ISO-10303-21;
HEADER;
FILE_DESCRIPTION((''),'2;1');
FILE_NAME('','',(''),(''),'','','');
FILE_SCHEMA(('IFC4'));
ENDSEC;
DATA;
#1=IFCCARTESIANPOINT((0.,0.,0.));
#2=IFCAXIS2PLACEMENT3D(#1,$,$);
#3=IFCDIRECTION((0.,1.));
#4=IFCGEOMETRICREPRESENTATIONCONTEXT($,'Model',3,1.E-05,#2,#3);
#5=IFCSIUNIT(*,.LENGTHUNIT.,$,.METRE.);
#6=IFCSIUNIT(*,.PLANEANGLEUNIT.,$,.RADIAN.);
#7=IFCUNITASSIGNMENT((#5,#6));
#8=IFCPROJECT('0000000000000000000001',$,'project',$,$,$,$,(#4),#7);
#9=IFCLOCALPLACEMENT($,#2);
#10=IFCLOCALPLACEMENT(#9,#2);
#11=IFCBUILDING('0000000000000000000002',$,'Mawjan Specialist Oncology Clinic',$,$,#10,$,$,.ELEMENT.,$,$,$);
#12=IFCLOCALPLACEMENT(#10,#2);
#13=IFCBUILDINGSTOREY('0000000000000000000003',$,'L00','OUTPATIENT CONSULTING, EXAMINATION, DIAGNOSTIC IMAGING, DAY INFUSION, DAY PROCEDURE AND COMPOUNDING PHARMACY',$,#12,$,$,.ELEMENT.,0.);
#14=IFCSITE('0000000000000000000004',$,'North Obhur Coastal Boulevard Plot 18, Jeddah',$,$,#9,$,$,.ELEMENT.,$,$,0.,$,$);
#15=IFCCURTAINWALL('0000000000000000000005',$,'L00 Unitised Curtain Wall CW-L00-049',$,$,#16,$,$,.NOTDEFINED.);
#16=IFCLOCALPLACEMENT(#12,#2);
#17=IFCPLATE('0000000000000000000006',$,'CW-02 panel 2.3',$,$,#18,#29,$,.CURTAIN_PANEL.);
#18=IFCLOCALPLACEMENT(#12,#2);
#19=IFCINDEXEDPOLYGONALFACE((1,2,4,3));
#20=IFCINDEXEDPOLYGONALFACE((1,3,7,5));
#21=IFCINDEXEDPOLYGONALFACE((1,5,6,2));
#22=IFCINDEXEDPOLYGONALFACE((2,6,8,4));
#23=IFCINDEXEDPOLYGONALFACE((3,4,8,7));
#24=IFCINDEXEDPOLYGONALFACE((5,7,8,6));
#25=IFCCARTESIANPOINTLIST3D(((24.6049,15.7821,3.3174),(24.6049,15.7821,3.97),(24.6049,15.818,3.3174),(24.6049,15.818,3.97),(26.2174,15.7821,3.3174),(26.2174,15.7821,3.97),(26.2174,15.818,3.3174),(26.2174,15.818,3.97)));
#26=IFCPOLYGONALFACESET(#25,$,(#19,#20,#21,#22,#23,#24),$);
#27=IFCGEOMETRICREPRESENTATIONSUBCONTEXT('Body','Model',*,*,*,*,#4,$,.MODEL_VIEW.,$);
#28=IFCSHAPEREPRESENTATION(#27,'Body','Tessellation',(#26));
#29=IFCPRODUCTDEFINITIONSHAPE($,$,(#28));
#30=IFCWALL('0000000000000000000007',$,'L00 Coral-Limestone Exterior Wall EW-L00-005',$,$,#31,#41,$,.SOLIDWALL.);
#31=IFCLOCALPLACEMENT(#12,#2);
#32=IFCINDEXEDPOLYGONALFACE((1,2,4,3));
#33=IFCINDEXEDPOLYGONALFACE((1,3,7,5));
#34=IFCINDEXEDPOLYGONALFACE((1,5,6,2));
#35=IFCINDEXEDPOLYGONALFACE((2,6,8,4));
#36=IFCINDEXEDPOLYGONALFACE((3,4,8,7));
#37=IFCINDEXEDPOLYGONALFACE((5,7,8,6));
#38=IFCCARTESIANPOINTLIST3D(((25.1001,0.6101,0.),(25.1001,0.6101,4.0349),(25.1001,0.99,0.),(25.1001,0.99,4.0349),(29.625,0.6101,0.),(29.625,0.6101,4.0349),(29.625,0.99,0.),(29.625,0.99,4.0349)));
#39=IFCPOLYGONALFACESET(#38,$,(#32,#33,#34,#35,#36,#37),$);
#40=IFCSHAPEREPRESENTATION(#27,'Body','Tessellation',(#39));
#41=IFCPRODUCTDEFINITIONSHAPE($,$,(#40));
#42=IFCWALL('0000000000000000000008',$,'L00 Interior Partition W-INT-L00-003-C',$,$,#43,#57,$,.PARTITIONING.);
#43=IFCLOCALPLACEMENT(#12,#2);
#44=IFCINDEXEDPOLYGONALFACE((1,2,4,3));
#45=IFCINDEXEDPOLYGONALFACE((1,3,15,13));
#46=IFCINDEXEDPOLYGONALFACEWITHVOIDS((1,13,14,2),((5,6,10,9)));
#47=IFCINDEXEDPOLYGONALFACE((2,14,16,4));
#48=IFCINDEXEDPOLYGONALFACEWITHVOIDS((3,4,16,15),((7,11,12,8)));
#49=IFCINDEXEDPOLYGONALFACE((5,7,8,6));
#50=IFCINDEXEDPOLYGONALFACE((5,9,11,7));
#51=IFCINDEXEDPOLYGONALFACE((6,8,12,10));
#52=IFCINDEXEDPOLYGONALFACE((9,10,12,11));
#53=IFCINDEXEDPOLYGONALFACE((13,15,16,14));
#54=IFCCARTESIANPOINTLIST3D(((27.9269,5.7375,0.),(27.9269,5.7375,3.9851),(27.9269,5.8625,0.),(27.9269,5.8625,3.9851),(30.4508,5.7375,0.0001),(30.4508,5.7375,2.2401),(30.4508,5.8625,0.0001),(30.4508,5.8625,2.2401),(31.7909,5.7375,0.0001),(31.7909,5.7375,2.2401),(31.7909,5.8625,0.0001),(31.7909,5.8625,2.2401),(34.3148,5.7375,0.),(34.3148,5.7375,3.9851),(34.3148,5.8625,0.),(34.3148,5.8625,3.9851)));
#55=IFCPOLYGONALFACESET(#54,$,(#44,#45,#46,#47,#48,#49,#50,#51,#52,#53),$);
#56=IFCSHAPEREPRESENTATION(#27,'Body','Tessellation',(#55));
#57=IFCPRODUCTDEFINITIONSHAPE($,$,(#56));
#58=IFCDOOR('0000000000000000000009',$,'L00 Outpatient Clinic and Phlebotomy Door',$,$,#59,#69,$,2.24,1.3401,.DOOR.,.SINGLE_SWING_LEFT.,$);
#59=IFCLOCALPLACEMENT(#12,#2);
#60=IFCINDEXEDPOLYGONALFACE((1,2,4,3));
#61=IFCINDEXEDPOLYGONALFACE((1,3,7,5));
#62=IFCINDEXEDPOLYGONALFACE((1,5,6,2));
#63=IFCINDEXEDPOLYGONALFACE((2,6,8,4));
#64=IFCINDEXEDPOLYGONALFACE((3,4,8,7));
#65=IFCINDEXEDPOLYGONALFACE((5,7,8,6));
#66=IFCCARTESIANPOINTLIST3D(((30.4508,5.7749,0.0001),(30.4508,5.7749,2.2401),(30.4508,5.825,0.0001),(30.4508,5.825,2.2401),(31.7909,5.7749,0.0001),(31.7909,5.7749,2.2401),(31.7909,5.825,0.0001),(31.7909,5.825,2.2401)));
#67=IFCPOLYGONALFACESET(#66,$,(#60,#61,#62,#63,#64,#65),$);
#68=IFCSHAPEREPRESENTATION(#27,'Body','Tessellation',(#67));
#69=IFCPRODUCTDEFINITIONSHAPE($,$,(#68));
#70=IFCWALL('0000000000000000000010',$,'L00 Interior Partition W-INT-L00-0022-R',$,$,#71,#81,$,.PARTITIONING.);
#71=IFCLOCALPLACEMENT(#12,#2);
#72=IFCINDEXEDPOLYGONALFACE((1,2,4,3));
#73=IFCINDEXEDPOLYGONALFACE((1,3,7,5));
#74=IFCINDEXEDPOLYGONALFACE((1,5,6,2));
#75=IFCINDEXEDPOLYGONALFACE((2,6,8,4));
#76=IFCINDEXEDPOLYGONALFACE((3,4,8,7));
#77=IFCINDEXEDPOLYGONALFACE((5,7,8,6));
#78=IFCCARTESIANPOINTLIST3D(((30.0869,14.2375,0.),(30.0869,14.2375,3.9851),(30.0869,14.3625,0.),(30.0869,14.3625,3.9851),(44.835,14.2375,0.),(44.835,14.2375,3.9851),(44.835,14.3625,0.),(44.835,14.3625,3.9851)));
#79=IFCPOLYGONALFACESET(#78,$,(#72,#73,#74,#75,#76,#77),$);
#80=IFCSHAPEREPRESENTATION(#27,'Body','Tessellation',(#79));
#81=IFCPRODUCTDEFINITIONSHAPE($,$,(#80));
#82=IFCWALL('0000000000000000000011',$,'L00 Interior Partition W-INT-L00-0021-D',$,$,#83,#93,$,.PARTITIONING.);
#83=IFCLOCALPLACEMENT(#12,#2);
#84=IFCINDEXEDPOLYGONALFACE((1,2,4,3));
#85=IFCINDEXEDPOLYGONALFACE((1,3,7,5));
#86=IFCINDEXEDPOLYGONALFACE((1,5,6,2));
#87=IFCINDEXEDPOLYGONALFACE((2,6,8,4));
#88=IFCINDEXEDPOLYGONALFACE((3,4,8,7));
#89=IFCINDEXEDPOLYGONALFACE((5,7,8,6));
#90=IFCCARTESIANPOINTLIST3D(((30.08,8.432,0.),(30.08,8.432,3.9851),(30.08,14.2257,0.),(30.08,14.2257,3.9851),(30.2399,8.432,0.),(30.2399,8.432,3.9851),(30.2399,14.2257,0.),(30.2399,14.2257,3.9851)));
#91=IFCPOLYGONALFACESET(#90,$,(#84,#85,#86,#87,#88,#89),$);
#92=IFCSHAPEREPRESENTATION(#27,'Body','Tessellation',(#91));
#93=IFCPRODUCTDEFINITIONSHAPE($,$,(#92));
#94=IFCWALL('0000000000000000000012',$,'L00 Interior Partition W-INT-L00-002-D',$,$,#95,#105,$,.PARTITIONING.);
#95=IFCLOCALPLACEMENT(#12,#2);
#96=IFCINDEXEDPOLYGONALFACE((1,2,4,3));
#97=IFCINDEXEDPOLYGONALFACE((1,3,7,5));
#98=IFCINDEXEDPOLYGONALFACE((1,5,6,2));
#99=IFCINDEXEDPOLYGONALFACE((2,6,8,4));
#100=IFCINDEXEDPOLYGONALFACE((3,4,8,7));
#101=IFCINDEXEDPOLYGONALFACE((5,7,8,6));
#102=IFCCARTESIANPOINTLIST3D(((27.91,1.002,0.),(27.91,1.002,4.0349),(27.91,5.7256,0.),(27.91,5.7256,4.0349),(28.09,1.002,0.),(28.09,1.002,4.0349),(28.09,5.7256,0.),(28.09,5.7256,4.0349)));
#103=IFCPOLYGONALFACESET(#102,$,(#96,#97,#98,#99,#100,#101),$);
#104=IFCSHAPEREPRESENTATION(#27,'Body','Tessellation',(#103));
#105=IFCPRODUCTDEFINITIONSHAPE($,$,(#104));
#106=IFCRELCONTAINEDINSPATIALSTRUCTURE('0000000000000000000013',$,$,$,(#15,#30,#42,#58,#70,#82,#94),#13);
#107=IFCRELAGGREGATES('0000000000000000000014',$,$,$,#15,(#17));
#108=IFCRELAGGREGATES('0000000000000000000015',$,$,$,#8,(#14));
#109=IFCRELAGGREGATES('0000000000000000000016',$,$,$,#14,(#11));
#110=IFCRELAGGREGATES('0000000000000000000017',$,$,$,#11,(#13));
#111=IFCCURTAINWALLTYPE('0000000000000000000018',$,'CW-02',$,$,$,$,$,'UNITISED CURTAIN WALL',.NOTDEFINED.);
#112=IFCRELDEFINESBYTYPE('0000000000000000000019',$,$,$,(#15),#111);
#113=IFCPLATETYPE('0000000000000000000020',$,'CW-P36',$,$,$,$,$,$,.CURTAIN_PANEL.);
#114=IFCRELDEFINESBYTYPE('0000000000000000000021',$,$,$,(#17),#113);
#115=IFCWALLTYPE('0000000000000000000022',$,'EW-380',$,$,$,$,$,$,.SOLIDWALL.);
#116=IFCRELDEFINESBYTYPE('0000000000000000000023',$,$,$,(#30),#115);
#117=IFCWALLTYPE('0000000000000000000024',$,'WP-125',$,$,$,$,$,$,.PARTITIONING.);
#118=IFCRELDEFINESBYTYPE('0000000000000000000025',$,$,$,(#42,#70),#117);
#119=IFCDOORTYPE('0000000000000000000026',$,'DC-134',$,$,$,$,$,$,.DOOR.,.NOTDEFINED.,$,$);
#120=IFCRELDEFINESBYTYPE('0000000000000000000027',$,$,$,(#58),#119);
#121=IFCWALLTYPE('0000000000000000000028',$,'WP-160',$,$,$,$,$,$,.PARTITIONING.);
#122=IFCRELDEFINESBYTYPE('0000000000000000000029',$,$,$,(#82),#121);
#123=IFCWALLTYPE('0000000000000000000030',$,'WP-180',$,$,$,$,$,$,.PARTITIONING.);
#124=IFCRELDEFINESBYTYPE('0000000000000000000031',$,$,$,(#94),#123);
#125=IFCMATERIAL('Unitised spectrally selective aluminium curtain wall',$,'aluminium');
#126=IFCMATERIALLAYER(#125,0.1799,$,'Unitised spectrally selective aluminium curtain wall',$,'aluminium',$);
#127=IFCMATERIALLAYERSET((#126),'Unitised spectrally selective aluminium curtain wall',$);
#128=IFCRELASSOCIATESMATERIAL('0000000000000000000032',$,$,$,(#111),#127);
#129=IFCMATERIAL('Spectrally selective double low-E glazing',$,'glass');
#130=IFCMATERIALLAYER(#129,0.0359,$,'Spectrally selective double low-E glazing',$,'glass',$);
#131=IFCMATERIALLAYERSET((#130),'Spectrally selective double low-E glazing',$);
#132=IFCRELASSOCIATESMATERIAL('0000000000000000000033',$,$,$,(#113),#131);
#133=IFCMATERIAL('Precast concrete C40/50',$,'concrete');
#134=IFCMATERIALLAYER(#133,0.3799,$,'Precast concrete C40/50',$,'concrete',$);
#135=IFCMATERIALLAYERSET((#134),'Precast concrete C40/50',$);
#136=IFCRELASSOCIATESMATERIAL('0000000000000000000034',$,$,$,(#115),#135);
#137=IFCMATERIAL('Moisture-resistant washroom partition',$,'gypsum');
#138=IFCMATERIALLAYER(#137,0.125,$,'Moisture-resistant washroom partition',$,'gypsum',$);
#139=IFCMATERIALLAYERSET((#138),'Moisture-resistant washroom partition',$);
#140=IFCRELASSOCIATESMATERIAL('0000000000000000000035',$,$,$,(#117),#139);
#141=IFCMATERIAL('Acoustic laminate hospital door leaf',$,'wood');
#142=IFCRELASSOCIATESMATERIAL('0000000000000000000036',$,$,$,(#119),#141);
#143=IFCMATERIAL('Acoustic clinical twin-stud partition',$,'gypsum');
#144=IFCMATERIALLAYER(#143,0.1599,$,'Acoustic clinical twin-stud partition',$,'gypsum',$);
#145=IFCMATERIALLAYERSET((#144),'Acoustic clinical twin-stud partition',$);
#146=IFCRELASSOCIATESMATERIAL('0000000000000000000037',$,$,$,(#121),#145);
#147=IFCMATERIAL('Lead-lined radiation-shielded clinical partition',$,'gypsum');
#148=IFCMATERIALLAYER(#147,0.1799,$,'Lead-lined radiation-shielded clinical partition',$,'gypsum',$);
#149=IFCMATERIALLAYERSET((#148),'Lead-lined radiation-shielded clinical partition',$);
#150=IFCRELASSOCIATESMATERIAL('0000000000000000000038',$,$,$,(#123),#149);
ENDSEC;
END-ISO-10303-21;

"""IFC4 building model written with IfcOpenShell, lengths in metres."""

from ifc_helpers import new_model, si_unit, direction, frame, frame_2d, origin, origin_2d, place, context, subcontext, project, spatial, rectangle, extrude, material, layer, layer_set, type_object, element, fill, aggregate, save


model = new_model("IFC4")

# Units and contexts
model_context = context("Model", 3, precision=1e-05, world=origin(), true_north=direction((0.0, 1.0)))
body_context = subcontext(model_context, "Body", "Model", "MODEL_VIEW")
ifc_project = project(units=[si_unit("LENGTHUNIT", "METRE"), si_unit("PLANEANGLEUNIT", "RADIAN")], contexts=[model_context])

# Site, building, storey
site_placement = place(None, origin())
site = spatial("IfcSite", under=ifc_project, at=site_placement, Name="North Obhur Coastal Boulevard Plot 18, Jeddah", CompositionType="ELEMENT", RefElevation=0.0)
building_placement = place(site_placement, origin())
building = spatial("IfcBuilding", under=site, at=building_placement, Name="Mawjan Specialist Oncology Clinic", CompositionType="ELEMENT")
storey_placement = place(building_placement, origin())
storey = spatial("IfcBuildingStorey", under=building, at=storey_placement, Name="L00", Description="OUTPATIENT CONSULTING, EXAMINATION, DIAGNOSTIC IMAGING, DAY INFUSION, DAY PROCEDURE AND COMPOUNDING PHARMACY", CompositionType="ELEMENT", Elevation=0.0)

# Curtain wall
ifc_material_1 = material(Name="Unitised spectrally selective aluminium curtain wall", Category="aluminium")
ifc_layer_1 = layer(ifc_material_1, 0.1799, Name="Unitised spectrally selective aluminium curtain wall", Category="aluminium")
ifc_layer_set_1 = layer_set([ifc_layer_1], Name="Unitised spectrally selective aluminium curtain wall")
curtain_wall_type = type_object("IfcCurtainWallType", Name="CW-02", ElementType="UNITISED CURTAIN WALL", PredefinedType="NOTDEFINED", material=ifc_layer_set_1)
curtain_wall_placement = place(storey_placement, origin())
curtain_wall = element("IfcCurtainWall", 1, at=curtain_wall_placement, inside=storey, type_object=curtain_wall_type, Name="L00 Unitised Curtain Wall CW-L00-049", PredefinedType="NOTDEFINED")

# Plate
ifc_material_2 = material(Name="Spectrally selective double low-E glazing", Category="glass")
ifc_layer_2 = layer(ifc_material_2, 0.0359, Name="Spectrally selective double low-E glazing", Category="glass")
ifc_layer_set_2 = layer_set([ifc_layer_2], Name="Spectrally selective double low-E glazing")
plate_type = type_object("IfcPlateType", Name="CW-P36", PredefinedType="CURTAIN_PANEL", material=ifc_layer_set_2)
plate_1_placement = place(storey_placement, frame((25.4111, 15.8, 3.3174), z_axis=(0.0, 0.0, 1.0), x_axis=(1.0, 0.0, 0.0)))
plate_1 = element("IfcPlate", 2, at=plate_1_placement, type_object=plate_type, Name="CW-02 panel 2.3", PredefinedType="CURTAIN_PANEL", context=body_context, shape_type="SweptSolid", body=[
    extrude(rectangle(XDim=1.6125, YDim=0.0359, at=origin_2d()), origin(), (0.0, 0.0, 1.0), 0.6526),
])
aggregate(curtain_wall, [plate_1])

# Wall
ifc_material_3 = material(Name="Precast concrete C40/50", Category="concrete")
ifc_layer_3 = layer(ifc_material_3, 0.3799, Name="Precast concrete C40/50", Category="concrete")
ifc_layer_set_3 = layer_set([ifc_layer_3], Name="Precast concrete C40/50")
wall_type_1 = type_object("IfcWallType", Name="EW-380", PredefinedType="SOLIDWALL", material=ifc_layer_set_3)
wall_1_placement = place(storey_placement, frame((29.625, 0.8, 0.0), z_axis=(0.0, 0.0, 1.0), x_axis=(-1.0, 0.0, 0.0)))
element("IfcWall", 3, at=wall_1_placement, inside=storey, type_object=wall_type_1, Name="L00 Coral-Limestone Exterior Wall EW-L00-005", PredefinedType="SOLIDWALL", context=body_context, shape_type="SweptSolid", body=[
    extrude(rectangle(XDim=4.5249, YDim=0.3799, at=frame_2d((2.2625, 0.0))), origin(), (0.0, 0.0, 1.0), 4.0349),
])

# Wall, opening, door
ifc_material_4 = material(Name="Moisture-resistant washroom partition", Category="gypsum")
ifc_layer_4 = layer(ifc_material_4, 0.125, Name="Moisture-resistant washroom partition", Category="gypsum")
ifc_layer_set_4 = layer_set([ifc_layer_4], Name="Moisture-resistant washroom partition")
wall_type_2 = type_object("IfcWallType", Name="WP-125", PredefinedType="PARTITIONING", material=ifc_layer_set_4)
wall_2_placement = place(storey_placement, frame((27.927, 5.8, 0.0), z_axis=(0.0, 0.0, 1.0), x_axis=(1.0, 0.0, 0.0)))
wall_2 = element("IfcWall", 4, at=wall_2_placement, inside=storey, type_object=wall_type_2, Name="L00 Interior Partition W-INT-L00-003-C", PredefinedType="PARTITIONING", context=body_context, shape_type="SweptSolid", body=[
    extrude(rectangle(XDim=6.3879, YDim=0.125, at=frame_2d((3.1938, 0.0))), origin(), (0.0, 0.0, 1.0), 3.9851),
])
opening_placement = place(wall_2_placement, frame((2.5239, 0.0, 0.0)))
opening = element("IfcOpeningElement", 5, at=opening_placement, cuts=wall_2, PredefinedType="OPENING", context=body_context, shape_type="SweptSolid", body=[
    extrude(rectangle(XDim=1.3401, YDim=2.24, at=frame_2d((0.6699, 1.1201))), frame((0.0, 0.0745, 0.0), z_axis=(0.0, -1.0, 0.0), x_axis=(1.0, 0.0, 0.0)), (0.0, 0.0, 1.0), 0.1489),
])
ifc_material_5 = material(Name="Acoustic laminate hospital door leaf", Category="wood")
door_type = type_object("IfcDoorType", Name="DC-134", OperationType="NOTDEFINED", PredefinedType="DOOR", material=ifc_material_5)
door_placement = place(opening_placement, origin())
door = element("IfcDoor", 6, at=door_placement, inside=storey, type_object=door_type, Name="L00 Outpatient Clinic and Phlebotomy Door", OperationType="SINGLE_SWING_LEFT", OverallHeight=2.24, OverallWidth=1.3401, PredefinedType="DOOR", context=body_context, shape_type="SweptSolid", body=[
    extrude(rectangle(XDim=1.3401, YDim=2.24, at=frame_2d((0.6699, 1.1201))), frame((0.0, 0.0249, 0.0), z_axis=(0.0, -1.0, 0.0), x_axis=(1.0, 0.0, 0.0)), (0.0, 0.0, 1.0), 0.05),
])
fill(opening, door)

# Walls
wall_3_placement = place(storey_placement, frame((30.0869, 14.3, 0.0), z_axis=(0.0, 0.0, 1.0), x_axis=(1.0, 0.0, 0.0)))
element("IfcWall", 7, at=wall_3_placement, inside=storey, type_object=wall_type_2, Name="L00 Interior Partition W-INT-L00-0022-R", PredefinedType="PARTITIONING", context=body_context, shape_type="SweptSolid", body=[
    extrude(rectangle(XDim=14.748, YDim=0.125, at=frame_2d((7.374, 0.0))), origin(), (0.0, 0.0, 1.0), 3.9851),
])
ifc_material_6 = material(Name="Acoustic clinical twin-stud partition", Category="gypsum")
ifc_layer_5 = layer(ifc_material_6, 0.1599, Name="Acoustic clinical twin-stud partition", Category="gypsum")
ifc_layer_set_5 = layer_set([ifc_layer_5], Name="Acoustic clinical twin-stud partition")
wall_type_3 = type_object("IfcWallType", Name="WP-160", PredefinedType="PARTITIONING", material=ifc_layer_set_5)
wall_4_placement = place(storey_placement, frame((30.1599, 8.4319, 0.0), z_axis=(0.0, 0.0, 1.0), x_axis=(0.0, 1.0, 0.0)))
element("IfcWall", 8, at=wall_4_placement, inside=storey, type_object=wall_type_3, Name="L00 Interior Partition W-INT-L00-0021-D", PredefinedType="PARTITIONING", context=body_context, shape_type="SweptSolid", body=[
    extrude(rectangle(XDim=5.7937, YDim=0.1599, at=frame_2d((2.897, 0.0))), origin(), (0.0, 0.0, 1.0), 3.9851),
])
ifc_material_7 = material(Name="Lead-lined radiation-shielded clinical partition", Category="gypsum")
ifc_layer_6 = layer(ifc_material_7, 0.1799, Name="Lead-lined radiation-shielded clinical partition", Category="gypsum")
ifc_layer_set_6 = layer_set([ifc_layer_6], Name="Lead-lined radiation-shielded clinical partition")
wall_type_4 = type_object("IfcWallType", Name="WP-180", PredefinedType="PARTITIONING", material=ifc_layer_set_6)
wall_5_placement = place(storey_placement, frame((28.0, 1.002, 0.0), z_axis=(0.0, 0.0, 1.0), x_axis=(0.0, 1.0, 0.0)))
element("IfcWall", 9, at=wall_5_placement, inside=storey, type_object=wall_type_4, Name="L00 Interior Partition W-INT-L00-002-D", PredefinedType="PARTITIONING", context=body_context, shape_type="SweptSolid", body=[
    extrude(rectangle(XDim=4.7236, YDim=0.1799, at=frame_2d((2.3618, 0.0))), origin(), (0.0, 0.0, 1.0), 4.0349),
])

save(model, "model.ifc")
